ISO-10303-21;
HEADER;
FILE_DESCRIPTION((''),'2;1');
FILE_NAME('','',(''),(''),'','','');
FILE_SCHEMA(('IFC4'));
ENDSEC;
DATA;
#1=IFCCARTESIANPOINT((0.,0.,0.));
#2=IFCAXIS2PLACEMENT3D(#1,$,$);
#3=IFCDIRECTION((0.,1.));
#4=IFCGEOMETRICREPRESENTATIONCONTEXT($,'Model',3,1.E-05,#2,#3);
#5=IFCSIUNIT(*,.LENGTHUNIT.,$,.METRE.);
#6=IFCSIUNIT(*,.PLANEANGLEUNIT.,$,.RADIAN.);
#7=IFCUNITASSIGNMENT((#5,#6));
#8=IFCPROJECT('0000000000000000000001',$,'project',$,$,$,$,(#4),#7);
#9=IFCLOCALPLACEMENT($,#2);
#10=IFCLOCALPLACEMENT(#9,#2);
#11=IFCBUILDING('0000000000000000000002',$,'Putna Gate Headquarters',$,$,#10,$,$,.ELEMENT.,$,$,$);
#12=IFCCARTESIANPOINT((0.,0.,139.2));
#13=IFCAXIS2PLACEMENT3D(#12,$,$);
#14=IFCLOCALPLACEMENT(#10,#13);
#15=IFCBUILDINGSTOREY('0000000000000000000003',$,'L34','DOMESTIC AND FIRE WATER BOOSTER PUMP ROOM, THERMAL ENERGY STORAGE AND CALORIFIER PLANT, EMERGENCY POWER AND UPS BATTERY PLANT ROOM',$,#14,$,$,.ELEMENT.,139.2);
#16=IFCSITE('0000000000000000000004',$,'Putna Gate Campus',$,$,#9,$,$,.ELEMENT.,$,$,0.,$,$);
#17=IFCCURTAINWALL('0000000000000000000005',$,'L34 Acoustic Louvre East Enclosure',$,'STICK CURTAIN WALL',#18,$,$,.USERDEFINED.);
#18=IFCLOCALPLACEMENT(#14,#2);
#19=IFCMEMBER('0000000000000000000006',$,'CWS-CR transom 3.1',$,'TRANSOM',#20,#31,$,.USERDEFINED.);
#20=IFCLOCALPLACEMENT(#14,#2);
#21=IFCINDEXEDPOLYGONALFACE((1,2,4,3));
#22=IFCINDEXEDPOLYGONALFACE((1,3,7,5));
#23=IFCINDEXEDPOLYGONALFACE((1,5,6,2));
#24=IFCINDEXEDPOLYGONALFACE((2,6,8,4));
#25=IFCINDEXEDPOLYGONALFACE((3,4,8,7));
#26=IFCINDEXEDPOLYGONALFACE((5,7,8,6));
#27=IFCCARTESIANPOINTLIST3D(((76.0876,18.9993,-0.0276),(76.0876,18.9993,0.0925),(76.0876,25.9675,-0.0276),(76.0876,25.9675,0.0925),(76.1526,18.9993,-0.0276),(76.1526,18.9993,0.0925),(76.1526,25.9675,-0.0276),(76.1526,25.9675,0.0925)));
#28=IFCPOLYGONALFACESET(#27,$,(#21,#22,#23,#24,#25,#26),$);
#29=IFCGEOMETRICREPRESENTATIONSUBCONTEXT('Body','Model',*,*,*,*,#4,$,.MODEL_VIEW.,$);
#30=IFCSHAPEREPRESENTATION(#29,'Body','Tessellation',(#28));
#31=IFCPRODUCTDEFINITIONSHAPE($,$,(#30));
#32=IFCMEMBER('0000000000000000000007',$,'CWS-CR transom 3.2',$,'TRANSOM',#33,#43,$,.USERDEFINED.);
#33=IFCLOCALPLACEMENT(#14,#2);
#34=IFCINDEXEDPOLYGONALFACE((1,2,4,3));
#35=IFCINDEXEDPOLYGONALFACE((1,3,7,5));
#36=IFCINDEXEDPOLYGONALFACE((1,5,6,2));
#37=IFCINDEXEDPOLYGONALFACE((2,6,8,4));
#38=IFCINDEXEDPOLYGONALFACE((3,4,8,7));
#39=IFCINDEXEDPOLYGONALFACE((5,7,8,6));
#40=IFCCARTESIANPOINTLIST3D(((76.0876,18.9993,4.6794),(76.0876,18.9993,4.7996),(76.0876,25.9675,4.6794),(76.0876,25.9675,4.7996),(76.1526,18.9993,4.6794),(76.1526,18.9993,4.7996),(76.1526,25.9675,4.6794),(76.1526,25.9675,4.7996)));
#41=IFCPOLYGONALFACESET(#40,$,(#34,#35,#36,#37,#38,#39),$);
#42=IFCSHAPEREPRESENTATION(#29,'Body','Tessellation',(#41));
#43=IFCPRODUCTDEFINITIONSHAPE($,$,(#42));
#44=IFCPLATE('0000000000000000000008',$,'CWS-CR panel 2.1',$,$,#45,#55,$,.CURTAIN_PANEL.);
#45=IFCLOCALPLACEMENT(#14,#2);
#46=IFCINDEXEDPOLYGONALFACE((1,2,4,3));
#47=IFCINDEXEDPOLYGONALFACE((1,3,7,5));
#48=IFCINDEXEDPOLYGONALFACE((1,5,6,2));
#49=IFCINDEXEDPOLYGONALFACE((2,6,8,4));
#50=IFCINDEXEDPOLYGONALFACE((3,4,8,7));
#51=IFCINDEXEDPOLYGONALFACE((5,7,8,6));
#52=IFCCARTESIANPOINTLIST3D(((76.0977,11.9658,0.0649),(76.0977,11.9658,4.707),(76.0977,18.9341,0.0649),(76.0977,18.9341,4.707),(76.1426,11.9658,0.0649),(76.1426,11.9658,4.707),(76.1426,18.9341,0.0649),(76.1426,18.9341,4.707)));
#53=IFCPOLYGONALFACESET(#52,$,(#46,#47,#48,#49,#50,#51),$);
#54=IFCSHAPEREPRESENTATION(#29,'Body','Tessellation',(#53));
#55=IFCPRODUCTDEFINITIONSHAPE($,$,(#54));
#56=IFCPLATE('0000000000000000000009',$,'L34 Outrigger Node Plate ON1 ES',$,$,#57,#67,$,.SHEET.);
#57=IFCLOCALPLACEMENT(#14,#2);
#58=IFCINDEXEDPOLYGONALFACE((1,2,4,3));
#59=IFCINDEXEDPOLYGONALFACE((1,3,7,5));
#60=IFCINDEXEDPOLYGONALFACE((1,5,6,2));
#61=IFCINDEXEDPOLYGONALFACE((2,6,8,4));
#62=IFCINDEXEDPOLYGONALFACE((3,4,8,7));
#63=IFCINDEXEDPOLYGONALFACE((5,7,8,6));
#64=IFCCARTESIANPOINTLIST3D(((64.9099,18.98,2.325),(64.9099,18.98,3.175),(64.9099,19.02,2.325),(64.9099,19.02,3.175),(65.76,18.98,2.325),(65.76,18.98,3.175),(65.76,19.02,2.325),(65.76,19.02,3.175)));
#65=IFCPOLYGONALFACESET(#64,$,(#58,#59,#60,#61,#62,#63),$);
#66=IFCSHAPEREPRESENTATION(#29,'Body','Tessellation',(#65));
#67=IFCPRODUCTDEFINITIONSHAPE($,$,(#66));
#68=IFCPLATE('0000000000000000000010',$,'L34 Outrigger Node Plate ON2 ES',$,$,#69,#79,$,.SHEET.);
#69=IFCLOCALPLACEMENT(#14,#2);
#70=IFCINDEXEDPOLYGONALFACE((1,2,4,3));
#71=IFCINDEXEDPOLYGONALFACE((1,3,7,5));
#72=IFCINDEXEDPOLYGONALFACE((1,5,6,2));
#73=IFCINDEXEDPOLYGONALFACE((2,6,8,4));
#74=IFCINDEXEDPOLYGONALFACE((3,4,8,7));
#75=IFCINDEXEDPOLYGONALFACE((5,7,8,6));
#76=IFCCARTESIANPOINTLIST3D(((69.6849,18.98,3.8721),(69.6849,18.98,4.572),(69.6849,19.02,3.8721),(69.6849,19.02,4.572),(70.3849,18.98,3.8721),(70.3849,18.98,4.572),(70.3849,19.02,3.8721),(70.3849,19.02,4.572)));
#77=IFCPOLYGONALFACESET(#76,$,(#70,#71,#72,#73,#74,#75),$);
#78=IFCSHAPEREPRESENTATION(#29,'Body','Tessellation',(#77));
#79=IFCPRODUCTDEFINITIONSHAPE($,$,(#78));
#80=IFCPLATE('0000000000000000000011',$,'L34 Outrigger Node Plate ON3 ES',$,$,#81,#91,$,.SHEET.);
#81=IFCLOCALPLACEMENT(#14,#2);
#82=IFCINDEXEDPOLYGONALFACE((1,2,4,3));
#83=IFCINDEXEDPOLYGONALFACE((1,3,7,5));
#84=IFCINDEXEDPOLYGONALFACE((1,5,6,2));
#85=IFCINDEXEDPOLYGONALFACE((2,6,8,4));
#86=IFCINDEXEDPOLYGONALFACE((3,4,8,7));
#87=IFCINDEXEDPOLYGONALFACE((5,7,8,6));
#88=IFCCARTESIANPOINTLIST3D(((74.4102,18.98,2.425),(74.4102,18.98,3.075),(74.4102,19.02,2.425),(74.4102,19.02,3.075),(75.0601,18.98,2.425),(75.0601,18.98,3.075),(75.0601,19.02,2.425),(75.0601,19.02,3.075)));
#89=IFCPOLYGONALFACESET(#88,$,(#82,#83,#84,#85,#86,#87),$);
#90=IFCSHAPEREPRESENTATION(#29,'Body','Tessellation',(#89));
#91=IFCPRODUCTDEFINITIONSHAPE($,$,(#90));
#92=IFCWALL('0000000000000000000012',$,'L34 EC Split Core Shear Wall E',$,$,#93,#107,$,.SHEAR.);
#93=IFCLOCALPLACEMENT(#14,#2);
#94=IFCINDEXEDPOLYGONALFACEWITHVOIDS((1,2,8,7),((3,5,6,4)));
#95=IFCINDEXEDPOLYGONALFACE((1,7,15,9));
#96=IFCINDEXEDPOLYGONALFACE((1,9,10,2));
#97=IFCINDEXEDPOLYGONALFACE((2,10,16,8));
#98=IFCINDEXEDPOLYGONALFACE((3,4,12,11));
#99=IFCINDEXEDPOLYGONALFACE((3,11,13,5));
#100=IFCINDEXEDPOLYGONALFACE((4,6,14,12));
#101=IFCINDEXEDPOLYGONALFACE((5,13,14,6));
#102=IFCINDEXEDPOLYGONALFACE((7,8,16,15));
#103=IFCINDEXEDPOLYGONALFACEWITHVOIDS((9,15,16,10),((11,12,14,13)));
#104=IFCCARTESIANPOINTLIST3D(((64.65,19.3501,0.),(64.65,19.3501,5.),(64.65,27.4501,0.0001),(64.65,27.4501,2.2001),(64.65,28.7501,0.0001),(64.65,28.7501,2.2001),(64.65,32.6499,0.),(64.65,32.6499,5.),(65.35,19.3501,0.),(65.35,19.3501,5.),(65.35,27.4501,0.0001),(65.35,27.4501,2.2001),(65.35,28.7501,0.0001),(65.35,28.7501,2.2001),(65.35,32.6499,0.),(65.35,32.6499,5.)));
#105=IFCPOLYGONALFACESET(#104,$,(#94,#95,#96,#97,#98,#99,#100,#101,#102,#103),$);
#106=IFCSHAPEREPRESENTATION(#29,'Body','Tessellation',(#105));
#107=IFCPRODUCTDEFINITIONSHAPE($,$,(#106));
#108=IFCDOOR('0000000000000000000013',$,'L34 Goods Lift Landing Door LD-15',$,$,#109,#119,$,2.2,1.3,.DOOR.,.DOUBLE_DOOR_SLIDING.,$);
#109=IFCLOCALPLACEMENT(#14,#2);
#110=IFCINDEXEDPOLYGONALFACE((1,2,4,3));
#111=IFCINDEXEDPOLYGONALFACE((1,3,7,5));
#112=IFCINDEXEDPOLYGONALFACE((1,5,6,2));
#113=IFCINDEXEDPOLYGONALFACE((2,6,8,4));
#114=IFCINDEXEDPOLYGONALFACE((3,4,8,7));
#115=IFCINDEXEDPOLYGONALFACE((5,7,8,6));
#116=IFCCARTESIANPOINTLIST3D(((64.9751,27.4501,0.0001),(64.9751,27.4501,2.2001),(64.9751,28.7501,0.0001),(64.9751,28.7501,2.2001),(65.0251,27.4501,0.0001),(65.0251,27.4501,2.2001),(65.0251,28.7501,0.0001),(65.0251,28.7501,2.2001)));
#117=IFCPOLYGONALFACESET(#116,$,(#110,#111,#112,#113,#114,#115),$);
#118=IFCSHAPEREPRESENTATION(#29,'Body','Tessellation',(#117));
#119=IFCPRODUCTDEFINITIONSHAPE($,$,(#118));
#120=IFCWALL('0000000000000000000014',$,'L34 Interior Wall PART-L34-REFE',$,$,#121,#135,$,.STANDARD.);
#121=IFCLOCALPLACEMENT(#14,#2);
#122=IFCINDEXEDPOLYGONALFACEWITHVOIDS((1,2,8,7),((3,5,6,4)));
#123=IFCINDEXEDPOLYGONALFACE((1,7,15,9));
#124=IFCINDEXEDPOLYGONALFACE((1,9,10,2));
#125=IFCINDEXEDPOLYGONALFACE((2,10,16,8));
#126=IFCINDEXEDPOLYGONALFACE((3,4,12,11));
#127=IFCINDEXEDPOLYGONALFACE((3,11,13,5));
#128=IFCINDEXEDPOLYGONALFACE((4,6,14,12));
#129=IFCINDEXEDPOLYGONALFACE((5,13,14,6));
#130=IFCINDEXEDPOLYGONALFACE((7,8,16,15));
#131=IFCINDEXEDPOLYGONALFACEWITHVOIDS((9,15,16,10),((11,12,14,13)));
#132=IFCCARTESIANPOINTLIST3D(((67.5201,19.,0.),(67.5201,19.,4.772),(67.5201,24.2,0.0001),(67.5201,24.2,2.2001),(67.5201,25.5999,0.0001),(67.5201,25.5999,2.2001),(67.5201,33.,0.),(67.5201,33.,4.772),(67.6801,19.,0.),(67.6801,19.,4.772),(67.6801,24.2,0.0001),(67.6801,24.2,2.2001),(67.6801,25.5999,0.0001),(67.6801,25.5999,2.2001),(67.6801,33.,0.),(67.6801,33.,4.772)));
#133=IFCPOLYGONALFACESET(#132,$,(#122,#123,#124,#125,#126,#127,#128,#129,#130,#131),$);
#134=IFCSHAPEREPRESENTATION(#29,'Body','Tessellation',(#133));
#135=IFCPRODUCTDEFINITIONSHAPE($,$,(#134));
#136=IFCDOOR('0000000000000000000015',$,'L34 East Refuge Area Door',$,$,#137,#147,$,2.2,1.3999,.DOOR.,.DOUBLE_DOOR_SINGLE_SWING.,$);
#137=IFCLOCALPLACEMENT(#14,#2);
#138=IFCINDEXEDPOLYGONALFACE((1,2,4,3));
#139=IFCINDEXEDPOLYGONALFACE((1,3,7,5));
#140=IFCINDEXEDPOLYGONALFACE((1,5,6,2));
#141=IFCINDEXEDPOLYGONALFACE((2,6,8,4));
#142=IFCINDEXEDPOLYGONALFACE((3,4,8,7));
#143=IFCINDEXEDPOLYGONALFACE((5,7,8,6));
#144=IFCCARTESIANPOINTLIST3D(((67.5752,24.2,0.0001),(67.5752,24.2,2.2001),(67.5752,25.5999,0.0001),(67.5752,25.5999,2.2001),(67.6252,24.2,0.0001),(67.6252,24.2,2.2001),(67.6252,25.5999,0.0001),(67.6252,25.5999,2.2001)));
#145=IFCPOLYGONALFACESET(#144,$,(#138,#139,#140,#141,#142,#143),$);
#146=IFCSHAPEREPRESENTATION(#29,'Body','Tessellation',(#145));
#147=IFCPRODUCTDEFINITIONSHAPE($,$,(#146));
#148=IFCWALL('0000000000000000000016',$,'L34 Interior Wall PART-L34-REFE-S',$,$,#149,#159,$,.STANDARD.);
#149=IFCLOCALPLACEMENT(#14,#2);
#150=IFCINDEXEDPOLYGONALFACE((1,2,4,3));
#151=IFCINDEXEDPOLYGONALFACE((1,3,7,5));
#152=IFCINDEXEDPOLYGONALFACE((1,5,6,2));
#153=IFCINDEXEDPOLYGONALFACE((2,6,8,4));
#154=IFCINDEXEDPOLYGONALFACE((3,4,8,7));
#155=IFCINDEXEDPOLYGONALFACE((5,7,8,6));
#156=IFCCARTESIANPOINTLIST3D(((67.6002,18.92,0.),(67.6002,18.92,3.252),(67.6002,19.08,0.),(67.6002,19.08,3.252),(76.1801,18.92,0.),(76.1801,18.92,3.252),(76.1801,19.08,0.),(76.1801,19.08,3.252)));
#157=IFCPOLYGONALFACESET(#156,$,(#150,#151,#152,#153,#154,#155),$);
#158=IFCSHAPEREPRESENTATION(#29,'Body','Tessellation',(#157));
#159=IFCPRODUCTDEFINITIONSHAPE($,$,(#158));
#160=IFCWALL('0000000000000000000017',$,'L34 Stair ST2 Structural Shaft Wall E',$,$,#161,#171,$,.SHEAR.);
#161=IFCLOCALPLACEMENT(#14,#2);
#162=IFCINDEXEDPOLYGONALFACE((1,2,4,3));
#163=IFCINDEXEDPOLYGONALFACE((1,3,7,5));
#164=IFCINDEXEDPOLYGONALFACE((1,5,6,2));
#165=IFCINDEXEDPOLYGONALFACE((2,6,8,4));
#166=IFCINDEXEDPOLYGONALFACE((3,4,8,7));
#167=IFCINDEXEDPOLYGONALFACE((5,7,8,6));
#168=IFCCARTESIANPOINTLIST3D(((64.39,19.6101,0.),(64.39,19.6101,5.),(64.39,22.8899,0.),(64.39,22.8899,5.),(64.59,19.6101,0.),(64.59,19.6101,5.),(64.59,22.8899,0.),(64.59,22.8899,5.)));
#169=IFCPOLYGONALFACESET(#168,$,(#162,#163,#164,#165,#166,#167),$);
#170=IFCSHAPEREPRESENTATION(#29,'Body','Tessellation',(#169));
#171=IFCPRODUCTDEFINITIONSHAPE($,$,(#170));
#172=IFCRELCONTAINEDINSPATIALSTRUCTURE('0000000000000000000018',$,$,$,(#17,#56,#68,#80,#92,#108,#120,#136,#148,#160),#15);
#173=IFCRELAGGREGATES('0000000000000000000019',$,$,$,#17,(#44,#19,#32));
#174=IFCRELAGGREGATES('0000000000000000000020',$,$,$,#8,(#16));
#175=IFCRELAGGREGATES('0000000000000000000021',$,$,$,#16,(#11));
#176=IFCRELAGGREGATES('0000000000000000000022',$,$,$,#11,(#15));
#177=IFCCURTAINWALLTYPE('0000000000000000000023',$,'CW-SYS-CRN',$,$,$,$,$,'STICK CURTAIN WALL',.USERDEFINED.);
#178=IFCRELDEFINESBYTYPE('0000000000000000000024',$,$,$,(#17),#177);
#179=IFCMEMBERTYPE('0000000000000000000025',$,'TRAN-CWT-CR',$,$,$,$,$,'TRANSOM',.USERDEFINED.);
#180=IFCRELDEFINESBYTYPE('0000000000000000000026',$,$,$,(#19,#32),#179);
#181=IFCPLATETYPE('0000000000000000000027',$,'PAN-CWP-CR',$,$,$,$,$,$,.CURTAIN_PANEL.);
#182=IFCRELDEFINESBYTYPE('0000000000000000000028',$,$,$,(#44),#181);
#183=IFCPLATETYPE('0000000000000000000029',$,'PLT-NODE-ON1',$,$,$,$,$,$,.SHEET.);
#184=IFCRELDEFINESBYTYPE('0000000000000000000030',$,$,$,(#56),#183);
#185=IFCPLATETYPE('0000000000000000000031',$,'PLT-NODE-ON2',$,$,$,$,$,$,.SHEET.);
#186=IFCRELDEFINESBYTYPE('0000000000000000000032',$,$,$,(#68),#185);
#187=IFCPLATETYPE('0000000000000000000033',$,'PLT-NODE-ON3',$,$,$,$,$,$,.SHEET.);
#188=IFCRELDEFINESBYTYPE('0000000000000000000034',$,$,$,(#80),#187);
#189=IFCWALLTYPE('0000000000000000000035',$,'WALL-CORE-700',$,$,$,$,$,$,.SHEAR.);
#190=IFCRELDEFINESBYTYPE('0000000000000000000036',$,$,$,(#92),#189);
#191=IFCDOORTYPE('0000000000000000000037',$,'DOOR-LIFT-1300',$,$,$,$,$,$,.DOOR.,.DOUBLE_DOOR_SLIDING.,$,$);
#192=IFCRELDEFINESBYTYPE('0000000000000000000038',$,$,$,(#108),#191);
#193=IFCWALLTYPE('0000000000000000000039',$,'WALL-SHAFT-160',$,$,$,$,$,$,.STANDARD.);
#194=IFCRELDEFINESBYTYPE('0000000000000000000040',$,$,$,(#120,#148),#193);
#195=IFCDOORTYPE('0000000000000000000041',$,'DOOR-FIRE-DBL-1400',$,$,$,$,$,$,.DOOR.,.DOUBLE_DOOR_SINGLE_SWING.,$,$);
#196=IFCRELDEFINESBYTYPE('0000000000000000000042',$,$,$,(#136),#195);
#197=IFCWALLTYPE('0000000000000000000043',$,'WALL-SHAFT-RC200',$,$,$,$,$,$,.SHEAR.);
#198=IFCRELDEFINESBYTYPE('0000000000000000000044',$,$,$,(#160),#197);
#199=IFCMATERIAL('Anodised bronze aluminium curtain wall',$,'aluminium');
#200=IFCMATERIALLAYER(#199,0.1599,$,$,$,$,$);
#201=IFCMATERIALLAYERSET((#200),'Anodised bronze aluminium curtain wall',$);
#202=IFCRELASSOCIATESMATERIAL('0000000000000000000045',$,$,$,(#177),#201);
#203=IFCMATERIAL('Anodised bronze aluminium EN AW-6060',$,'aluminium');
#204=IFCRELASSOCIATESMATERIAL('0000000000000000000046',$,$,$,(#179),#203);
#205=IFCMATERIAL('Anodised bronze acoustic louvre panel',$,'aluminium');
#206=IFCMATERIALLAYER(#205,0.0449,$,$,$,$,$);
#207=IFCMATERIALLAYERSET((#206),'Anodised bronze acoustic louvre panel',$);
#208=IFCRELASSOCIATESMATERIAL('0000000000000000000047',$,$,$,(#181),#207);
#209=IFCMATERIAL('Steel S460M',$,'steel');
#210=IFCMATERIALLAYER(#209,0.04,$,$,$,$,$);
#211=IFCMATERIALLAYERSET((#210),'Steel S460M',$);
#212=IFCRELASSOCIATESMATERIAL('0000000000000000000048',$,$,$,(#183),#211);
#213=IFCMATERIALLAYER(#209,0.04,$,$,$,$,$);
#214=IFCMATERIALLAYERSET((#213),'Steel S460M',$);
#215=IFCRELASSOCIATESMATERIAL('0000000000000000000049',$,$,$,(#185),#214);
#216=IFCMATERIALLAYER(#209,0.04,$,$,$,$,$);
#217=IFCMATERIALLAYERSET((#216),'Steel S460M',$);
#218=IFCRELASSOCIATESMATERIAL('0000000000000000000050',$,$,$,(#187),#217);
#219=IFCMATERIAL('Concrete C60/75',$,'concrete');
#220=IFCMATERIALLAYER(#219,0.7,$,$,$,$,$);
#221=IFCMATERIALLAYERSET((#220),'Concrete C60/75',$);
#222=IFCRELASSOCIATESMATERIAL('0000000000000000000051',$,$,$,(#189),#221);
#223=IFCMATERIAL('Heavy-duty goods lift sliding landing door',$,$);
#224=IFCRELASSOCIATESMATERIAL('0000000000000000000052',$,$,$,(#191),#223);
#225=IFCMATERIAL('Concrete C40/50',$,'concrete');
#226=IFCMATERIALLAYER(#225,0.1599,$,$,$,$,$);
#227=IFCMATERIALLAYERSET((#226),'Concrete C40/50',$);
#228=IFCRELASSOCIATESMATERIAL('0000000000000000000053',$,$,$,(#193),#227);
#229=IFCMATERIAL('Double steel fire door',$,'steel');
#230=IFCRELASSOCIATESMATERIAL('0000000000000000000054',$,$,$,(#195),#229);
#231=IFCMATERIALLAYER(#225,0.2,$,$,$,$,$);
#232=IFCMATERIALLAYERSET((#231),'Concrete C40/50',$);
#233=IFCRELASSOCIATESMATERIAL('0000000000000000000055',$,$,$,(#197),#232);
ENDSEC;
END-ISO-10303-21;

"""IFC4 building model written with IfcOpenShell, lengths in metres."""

from ifc_helpers import new_model, si_unit, direction, frame, frame_2d, origin, origin_2d, place, context, subcontext, project, spatial, rectangle, extrude, material, layer, layer_set, material_profile, profile_set, type_object, element, fill, aggregate, save


model = new_model("IFC4")

# Units and contexts
model_context = context("Model", 3, precision=1e-05, world=origin(), true_north=direction((0.0, 1.0)))
body_context = subcontext(model_context, "Body", "Model", "MODEL_VIEW")
ifc_project = project(units=[si_unit("LENGTHUNIT", "METRE"), si_unit("PLANEANGLEUNIT", "RADIAN")], contexts=[model_context])

# Site, building, storey
site_placement = place(None, origin())
site = spatial("IfcSite", under=ifc_project, at=site_placement, Name="Putna Gate Campus", CompositionType="ELEMENT", RefElevation=0.0)
building_placement = place(site_placement, origin())
building = spatial("IfcBuilding", under=site, at=building_placement, Name="Putna Gate Headquarters", CompositionType="ELEMENT")
storey_placement = place(building_placement, frame((0.0, 0.0, 139.2)))
storey = spatial("IfcBuildingStorey", under=building, at=storey_placement, Name="L34", Description="DOMESTIC AND FIRE WATER BOOSTER PUMP ROOM, THERMAL ENERGY STORAGE AND CALORIFIER PLANT, EMERGENCY POWER AND UPS BATTERY PLANT ROOM", CompositionType="ELEMENT", Elevation=139.2)

# Shared definitions
ifc_material_1 = material(Name="Concrete C60/75", Category="concrete")

# Shared definitions
ifc_material_2 = material(Name="Steel S460M", Category="steel")

# Curtain wall, members, plate
ifc_material_3 = material(Name="Anodised bronze aluminium curtain wall", Category="aluminium")
ifc_layer_1 = layer(ifc_material_3, 0.1599)
ifc_layer_set_1 = layer_set([ifc_layer_1], Name="Anodised bronze aluminium curtain wall")
curtain_wall_type = type_object("IfcCurtainWallType", Name="CW-SYS-CRN", ElementType="STICK CURTAIN WALL", PredefinedType="USERDEFINED", material=ifc_layer_set_1)
curtain_wall_placement = place(storey_placement, origin())
curtain_wall = element("IfcCurtainWall", 1, at=curtain_wall_placement, inside=storey, type_object=curtain_wall_type, Name="L34 Acoustic Louvre East Enclosure", ObjectType="STICK CURTAIN WALL", PredefinedType="USERDEFINED")
ifc_material_4 = material(Name="Anodised bronze aluminium EN AW-6060", Category="aluminium")
ifc_material_profile_1 = material_profile(ifc_material_4, rectangle(XDim=0.0649, YDim=0.1201, at=origin_2d()), Name="Anodised bronze aluminium EN AW-6060")
ifc_profile_set_1 = profile_set([ifc_material_profile_1], Name="Anodised bronze aluminium EN AW-6060")
member_type_1 = type_object("IfcMemberType", Name="TRAN-CWT-CR", ElementType="TRANSOM", PredefinedType="USERDEFINED", material=ifc_profile_set_1)
member_1_placement = place(storey_placement, frame((76.1201, 18.9993, 0.0325), z_axis=(0.0, 1.0, 0.0), x_axis=(-1.0, 0.0, 0.0)))
member_1 = element("IfcMember", 2, at=member_1_placement, type_object=member_type_1, Name="CWS-CR transom 3.1", ObjectType="TRANSOM", PredefinedType="USERDEFINED", context=body_context, shape_type="SweptSolid", body=[
    extrude(rectangle(XDim=0.0649, YDim=0.1201, at=origin_2d()), origin(), (0.0, 0.0, 1.0), 6.9683),
])
member_2_placement = place(storey_placement, frame((76.1201, 18.9993, 4.7395), z_axis=(0.0, 1.0, 0.0), x_axis=(-1.0, 0.0, 0.0)))
member_2 = element("IfcMember", 3, at=member_2_placement, type_object=member_type_1, Name="CWS-CR transom 3.2", ObjectType="TRANSOM", PredefinedType="USERDEFINED", context=body_context, shape_type="SweptSolid", body=[
    extrude(rectangle(XDim=0.0649, YDim=0.1201, at=origin_2d()), origin(), (0.0, 0.0, 1.0), 6.9683),
])
ifc_material_5 = material(Name="Anodised bronze acoustic louvre panel", Category="aluminium")
ifc_layer_2 = layer(ifc_material_5, 0.0449)
ifc_layer_set_2 = layer_set([ifc_layer_2], Name="Anodised bronze acoustic louvre panel")
plate_type_1 = type_object("IfcPlateType", Name="PAN-CWP-CR", PredefinedType="CURTAIN_PANEL", material=ifc_layer_set_2)
plate_1_placement = place(storey_placement, frame((76.1201, 15.45, 0.0649), z_axis=(0.0, 0.0, 1.0), x_axis=(0.0, 1.0, 0.0)))
plate_1 = element("IfcPlate", 4, at=plate_1_placement, type_object=plate_type_1, Name="CWS-CR panel 2.1", PredefinedType="CURTAIN_PANEL", context=body_context, shape_type="SweptSolid", body=[
    extrude(rectangle(XDim=6.9683, YDim=0.0449, at=origin_2d()), origin(), (0.0, 0.0, 1.0), 4.6421),
])
aggregate(curtain_wall, [plate_1, member_1, member_2])

# Plates
ifc_layer_3 = layer(ifc_material_2, 0.04)
ifc_layer_set_3 = layer_set([ifc_layer_3], Name="Steel S460M")
plate_type_2 = type_object("IfcPlateType", Name="PLT-NODE-ON1", PredefinedType="SHEET", material=ifc_layer_set_3)
plate_2_placement = place(storey_placement, frame((65.335, 19.0, 2.325), z_axis=(0.0, 0.0, 1.0), x_axis=(1.0, 0.0, 0.0)))
element("IfcPlate", 5, at=plate_2_placement, inside=storey, type_object=plate_type_2, Name="L34 Outrigger Node Plate ON1 ES", PredefinedType="SHEET", context=body_context, shape_type="SweptSolid", body=[
    extrude(rectangle(XDim=0.8501, YDim=0.04, at=origin_2d()), origin(), (0.0, 0.0, 1.0), 0.8501),
])
ifc_layer_4 = layer(ifc_material_2, 0.04)
ifc_layer_set_4 = layer_set([ifc_layer_4], Name="Steel S460M")
plate_type_3 = type_object("IfcPlateType", Name="PLT-NODE-ON2", PredefinedType="SHEET", material=ifc_layer_set_4)
plate_3_placement = place(storey_placement, frame((70.0349, 19.0, 3.8721), z_axis=(0.0, 0.0, 1.0), x_axis=(1.0, 0.0, 0.0)))
element("IfcPlate", 6, at=plate_3_placement, inside=storey, type_object=plate_type_3, Name="L34 Outrigger Node Plate ON2 ES", PredefinedType="SHEET", context=body_context, shape_type="SweptSolid", body=[
    extrude(rectangle(XDim=0.7, YDim=0.04, at=origin_2d()), origin(), (0.0, 0.0, 1.0), 0.7),
])
ifc_layer_5 = layer(ifc_material_2, 0.04)
ifc_layer_set_5 = layer_set([ifc_layer_5], Name="Steel S460M")
plate_type_4 = type_object("IfcPlateType", Name="PLT-NODE-ON3", PredefinedType="SHEET", material=ifc_layer_set_5)
plate_4_placement = place(storey_placement, frame((74.7351, 19.0, 2.425), z_axis=(0.0, 0.0, 1.0), x_axis=(1.0, 0.0, 0.0)))
element("IfcPlate", 7, at=plate_4_placement, inside=storey, type_object=plate_type_4, Name="L34 Outrigger Node Plate ON3 ES", PredefinedType="SHEET", context=body_context, shape_type="SweptSolid", body=[
    extrude(rectangle(XDim=0.6499, YDim=0.04, at=origin_2d()), origin(), (0.0, 0.0, 1.0), 0.6499),
])

# Walls, openings, doors
ifc_layer_6 = layer(ifc_material_1, 0.7)
ifc_layer_set_6 = layer_set([ifc_layer_6], Name="Concrete C60/75")
wall_type_1 = type_object("IfcWallType", Name="WALL-CORE-700", PredefinedType="SHEAR", material=ifc_layer_set_6)
wall_1_placement = place(storey_placement, frame((65.0, 19.3501, 0.0), z_axis=(0.0, 0.0, 1.0), x_axis=(0.0, 1.0, 0.0)))
wall_1 = element("IfcWall", 8, at=wall_1_placement, inside=storey, type_object=wall_type_1, Name="L34 EC Split Core Shear Wall E", PredefinedType="SHEAR", context=body_context, shape_type="SweptSolid", body=[
    extrude(rectangle(XDim=13.2998, YDim=0.7, at=frame_2d((6.6499, 0.0))), origin(), (0.0, 0.0, 1.0), 5.0),
])
opening_1_placement = place(wall_1_placement, frame((8.1001, 0.0, 0.0)))
opening_1 = element("IfcOpeningElement", 9, at=opening_1_placement, cuts=wall_1, PredefinedType="OPENING", context=body_context, shape_type="SweptSolid", body=[
    extrude(rectangle(XDim=1.3, YDim=2.2, at=frame_2d((0.6499, 1.1001))), frame((0.0, 0.3599, 0.0), z_axis=(0.0, -1.0, 0.0), x_axis=(1.0, 0.0, 0.0)), (0.0, 0.0, 1.0), 0.72),
])
ifc_material_6 = material(Name="Heavy-duty goods lift sliding landing door")
door_type_1 = type_object("IfcDoorType", Name="DOOR-LIFT-1300", OperationType="DOUBLE_DOOR_SLIDING", PredefinedType="DOOR", material=ifc_material_6)
door_1_placement = place(opening_1_placement, origin())
door_1 = element("IfcDoor", 10, at=door_1_placement, inside=storey, type_object=door_type_1, Name="L34 Goods Lift Landing Door LD-15", OperationType="DOUBLE_DOOR_SLIDING", OverallHeight=2.2, OverallWidth=1.3, PredefinedType="DOOR", context=body_context, shape_type="SweptSolid", body=[
    extrude(rectangle(XDim=1.3, YDim=2.2, at=frame_2d((0.6499, 1.1001))), frame((0.0, 0.0249, 0.0), z_axis=(0.0, -1.0, 0.0), x_axis=(1.0, 0.0, 0.0)), (0.0, 0.0, 1.0), 0.05),
])
fill(opening_1, door_1)
ifc_material_7 = material(Name="Concrete C40/50", Category="concrete")
ifc_layer_7 = layer(ifc_material_7, 0.1599)
ifc_layer_set_7 = layer_set([ifc_layer_7], Name="Concrete C40/50")
wall_type_2 = type_object("IfcWallType", Name="WALL-SHAFT-160", PredefinedType="STANDARD", material=ifc_layer_set_7)
wall_2_placement = place(storey_placement, frame((67.6001, 19.0, 0.0), z_axis=(0.0, 0.0, 1.0), x_axis=(0.0, 1.0, 0.0)))
wall_2 = element("IfcWall", 11, at=wall_2_placement, inside=storey, type_object=wall_type_2, Name="L34 Interior Wall PART-L34-REFE", PredefinedType="STANDARD", context=body_context, shape_type="SweptSolid", body=[
    extrude(rectangle(XDim=14.0, YDim=0.1599, at=frame_2d((7.0, 0.0))), origin(), (0.0, 0.0, 1.0), 4.772),
])
opening_2_placement = place(wall_2_placement, frame((5.2, 0.0, 0.0)))
opening_2 = element("IfcOpeningElement", 12, at=opening_2_placement, cuts=wall_2, PredefinedType="OPENING", context=body_context, shape_type="SweptSolid", body=[
    extrude(rectangle(XDim=1.3999, YDim=2.2, at=frame_2d((0.7, 1.1001))), frame((0.0, 0.0898, 0.0), z_axis=(0.0, -1.0, 0.0), x_axis=(1.0, 0.0, 0.0)), (0.0, 0.0, 1.0), 0.1799),
])
ifc_material_8 = material(Name="Double steel fire door", Category="steel")
door_type_2 = type_object("IfcDoorType", Name="DOOR-FIRE-DBL-1400", OperationType="DOUBLE_DOOR_SINGLE_SWING", PredefinedType="DOOR", material=ifc_material_8)
door_2_placement = place(opening_2_placement, origin())
door_2 = element("IfcDoor", 13, at=door_2_placement, inside=storey, type_object=door_type_2, Name="L34 East Refuge Area Door", OperationType="DOUBLE_DOOR_SINGLE_SWING", OverallHeight=2.2, OverallWidth=1.3999, PredefinedType="DOOR", context=body_context, shape_type="SweptSolid", body=[
    extrude(rectangle(XDim=1.3999, YDim=2.2, at=frame_2d((0.7, 1.1001))), frame((0.0, 0.0249, 0.0), z_axis=(0.0, -1.0, 0.0), x_axis=(1.0, 0.0, 0.0)), (0.0, 0.0, 1.0), 0.05),
])
fill(opening_2, door_2)

# Walls
wall_3_placement = place(storey_placement, frame((67.6001, 19.0, 0.0), z_axis=(0.0, 0.0, 1.0), x_axis=(1.0, 0.0, 0.0)))
element("IfcWall", 14, at=wall_3_placement, inside=storey, type_object=wall_type_2, Name="L34 Interior Wall PART-L34-REFE-S", PredefinedType="STANDARD", context=body_context, shape_type="SweptSolid", body=[
    extrude(rectangle(XDim=8.5798, YDim=0.1599, at=frame_2d((4.29, 0.0))), origin(), (0.0, 0.0, 1.0), 3.252),
])
ifc_layer_8 = layer(ifc_material_7, 0.2)
ifc_layer_set_8 = layer_set([ifc_layer_8], Name="Concrete C40/50")
wall_type_3 = type_object("IfcWallType", Name="WALL-SHAFT-RC200", PredefinedType="SHEAR", material=ifc_layer_set_8)
wall_4_placement = place(storey_placement, frame((64.49, 19.6101, 0.0), z_axis=(0.0, 0.0, 1.0), x_axis=(0.0, 1.0, 0.0)))
element("IfcWall", 15, at=wall_4_placement, inside=storey, type_object=wall_type_3, Name="L34 Stair ST2 Structural Shaft Wall E", PredefinedType="SHEAR", context=body_context, shape_type="SweptSolid", body=[
    extrude(rectangle(XDim=3.2798, YDim=0.2, at=frame_2d((1.6399, 0.0))), origin(), (0.0, 0.0, 1.0), 5.0),
])

save(model, "model.ifc")
